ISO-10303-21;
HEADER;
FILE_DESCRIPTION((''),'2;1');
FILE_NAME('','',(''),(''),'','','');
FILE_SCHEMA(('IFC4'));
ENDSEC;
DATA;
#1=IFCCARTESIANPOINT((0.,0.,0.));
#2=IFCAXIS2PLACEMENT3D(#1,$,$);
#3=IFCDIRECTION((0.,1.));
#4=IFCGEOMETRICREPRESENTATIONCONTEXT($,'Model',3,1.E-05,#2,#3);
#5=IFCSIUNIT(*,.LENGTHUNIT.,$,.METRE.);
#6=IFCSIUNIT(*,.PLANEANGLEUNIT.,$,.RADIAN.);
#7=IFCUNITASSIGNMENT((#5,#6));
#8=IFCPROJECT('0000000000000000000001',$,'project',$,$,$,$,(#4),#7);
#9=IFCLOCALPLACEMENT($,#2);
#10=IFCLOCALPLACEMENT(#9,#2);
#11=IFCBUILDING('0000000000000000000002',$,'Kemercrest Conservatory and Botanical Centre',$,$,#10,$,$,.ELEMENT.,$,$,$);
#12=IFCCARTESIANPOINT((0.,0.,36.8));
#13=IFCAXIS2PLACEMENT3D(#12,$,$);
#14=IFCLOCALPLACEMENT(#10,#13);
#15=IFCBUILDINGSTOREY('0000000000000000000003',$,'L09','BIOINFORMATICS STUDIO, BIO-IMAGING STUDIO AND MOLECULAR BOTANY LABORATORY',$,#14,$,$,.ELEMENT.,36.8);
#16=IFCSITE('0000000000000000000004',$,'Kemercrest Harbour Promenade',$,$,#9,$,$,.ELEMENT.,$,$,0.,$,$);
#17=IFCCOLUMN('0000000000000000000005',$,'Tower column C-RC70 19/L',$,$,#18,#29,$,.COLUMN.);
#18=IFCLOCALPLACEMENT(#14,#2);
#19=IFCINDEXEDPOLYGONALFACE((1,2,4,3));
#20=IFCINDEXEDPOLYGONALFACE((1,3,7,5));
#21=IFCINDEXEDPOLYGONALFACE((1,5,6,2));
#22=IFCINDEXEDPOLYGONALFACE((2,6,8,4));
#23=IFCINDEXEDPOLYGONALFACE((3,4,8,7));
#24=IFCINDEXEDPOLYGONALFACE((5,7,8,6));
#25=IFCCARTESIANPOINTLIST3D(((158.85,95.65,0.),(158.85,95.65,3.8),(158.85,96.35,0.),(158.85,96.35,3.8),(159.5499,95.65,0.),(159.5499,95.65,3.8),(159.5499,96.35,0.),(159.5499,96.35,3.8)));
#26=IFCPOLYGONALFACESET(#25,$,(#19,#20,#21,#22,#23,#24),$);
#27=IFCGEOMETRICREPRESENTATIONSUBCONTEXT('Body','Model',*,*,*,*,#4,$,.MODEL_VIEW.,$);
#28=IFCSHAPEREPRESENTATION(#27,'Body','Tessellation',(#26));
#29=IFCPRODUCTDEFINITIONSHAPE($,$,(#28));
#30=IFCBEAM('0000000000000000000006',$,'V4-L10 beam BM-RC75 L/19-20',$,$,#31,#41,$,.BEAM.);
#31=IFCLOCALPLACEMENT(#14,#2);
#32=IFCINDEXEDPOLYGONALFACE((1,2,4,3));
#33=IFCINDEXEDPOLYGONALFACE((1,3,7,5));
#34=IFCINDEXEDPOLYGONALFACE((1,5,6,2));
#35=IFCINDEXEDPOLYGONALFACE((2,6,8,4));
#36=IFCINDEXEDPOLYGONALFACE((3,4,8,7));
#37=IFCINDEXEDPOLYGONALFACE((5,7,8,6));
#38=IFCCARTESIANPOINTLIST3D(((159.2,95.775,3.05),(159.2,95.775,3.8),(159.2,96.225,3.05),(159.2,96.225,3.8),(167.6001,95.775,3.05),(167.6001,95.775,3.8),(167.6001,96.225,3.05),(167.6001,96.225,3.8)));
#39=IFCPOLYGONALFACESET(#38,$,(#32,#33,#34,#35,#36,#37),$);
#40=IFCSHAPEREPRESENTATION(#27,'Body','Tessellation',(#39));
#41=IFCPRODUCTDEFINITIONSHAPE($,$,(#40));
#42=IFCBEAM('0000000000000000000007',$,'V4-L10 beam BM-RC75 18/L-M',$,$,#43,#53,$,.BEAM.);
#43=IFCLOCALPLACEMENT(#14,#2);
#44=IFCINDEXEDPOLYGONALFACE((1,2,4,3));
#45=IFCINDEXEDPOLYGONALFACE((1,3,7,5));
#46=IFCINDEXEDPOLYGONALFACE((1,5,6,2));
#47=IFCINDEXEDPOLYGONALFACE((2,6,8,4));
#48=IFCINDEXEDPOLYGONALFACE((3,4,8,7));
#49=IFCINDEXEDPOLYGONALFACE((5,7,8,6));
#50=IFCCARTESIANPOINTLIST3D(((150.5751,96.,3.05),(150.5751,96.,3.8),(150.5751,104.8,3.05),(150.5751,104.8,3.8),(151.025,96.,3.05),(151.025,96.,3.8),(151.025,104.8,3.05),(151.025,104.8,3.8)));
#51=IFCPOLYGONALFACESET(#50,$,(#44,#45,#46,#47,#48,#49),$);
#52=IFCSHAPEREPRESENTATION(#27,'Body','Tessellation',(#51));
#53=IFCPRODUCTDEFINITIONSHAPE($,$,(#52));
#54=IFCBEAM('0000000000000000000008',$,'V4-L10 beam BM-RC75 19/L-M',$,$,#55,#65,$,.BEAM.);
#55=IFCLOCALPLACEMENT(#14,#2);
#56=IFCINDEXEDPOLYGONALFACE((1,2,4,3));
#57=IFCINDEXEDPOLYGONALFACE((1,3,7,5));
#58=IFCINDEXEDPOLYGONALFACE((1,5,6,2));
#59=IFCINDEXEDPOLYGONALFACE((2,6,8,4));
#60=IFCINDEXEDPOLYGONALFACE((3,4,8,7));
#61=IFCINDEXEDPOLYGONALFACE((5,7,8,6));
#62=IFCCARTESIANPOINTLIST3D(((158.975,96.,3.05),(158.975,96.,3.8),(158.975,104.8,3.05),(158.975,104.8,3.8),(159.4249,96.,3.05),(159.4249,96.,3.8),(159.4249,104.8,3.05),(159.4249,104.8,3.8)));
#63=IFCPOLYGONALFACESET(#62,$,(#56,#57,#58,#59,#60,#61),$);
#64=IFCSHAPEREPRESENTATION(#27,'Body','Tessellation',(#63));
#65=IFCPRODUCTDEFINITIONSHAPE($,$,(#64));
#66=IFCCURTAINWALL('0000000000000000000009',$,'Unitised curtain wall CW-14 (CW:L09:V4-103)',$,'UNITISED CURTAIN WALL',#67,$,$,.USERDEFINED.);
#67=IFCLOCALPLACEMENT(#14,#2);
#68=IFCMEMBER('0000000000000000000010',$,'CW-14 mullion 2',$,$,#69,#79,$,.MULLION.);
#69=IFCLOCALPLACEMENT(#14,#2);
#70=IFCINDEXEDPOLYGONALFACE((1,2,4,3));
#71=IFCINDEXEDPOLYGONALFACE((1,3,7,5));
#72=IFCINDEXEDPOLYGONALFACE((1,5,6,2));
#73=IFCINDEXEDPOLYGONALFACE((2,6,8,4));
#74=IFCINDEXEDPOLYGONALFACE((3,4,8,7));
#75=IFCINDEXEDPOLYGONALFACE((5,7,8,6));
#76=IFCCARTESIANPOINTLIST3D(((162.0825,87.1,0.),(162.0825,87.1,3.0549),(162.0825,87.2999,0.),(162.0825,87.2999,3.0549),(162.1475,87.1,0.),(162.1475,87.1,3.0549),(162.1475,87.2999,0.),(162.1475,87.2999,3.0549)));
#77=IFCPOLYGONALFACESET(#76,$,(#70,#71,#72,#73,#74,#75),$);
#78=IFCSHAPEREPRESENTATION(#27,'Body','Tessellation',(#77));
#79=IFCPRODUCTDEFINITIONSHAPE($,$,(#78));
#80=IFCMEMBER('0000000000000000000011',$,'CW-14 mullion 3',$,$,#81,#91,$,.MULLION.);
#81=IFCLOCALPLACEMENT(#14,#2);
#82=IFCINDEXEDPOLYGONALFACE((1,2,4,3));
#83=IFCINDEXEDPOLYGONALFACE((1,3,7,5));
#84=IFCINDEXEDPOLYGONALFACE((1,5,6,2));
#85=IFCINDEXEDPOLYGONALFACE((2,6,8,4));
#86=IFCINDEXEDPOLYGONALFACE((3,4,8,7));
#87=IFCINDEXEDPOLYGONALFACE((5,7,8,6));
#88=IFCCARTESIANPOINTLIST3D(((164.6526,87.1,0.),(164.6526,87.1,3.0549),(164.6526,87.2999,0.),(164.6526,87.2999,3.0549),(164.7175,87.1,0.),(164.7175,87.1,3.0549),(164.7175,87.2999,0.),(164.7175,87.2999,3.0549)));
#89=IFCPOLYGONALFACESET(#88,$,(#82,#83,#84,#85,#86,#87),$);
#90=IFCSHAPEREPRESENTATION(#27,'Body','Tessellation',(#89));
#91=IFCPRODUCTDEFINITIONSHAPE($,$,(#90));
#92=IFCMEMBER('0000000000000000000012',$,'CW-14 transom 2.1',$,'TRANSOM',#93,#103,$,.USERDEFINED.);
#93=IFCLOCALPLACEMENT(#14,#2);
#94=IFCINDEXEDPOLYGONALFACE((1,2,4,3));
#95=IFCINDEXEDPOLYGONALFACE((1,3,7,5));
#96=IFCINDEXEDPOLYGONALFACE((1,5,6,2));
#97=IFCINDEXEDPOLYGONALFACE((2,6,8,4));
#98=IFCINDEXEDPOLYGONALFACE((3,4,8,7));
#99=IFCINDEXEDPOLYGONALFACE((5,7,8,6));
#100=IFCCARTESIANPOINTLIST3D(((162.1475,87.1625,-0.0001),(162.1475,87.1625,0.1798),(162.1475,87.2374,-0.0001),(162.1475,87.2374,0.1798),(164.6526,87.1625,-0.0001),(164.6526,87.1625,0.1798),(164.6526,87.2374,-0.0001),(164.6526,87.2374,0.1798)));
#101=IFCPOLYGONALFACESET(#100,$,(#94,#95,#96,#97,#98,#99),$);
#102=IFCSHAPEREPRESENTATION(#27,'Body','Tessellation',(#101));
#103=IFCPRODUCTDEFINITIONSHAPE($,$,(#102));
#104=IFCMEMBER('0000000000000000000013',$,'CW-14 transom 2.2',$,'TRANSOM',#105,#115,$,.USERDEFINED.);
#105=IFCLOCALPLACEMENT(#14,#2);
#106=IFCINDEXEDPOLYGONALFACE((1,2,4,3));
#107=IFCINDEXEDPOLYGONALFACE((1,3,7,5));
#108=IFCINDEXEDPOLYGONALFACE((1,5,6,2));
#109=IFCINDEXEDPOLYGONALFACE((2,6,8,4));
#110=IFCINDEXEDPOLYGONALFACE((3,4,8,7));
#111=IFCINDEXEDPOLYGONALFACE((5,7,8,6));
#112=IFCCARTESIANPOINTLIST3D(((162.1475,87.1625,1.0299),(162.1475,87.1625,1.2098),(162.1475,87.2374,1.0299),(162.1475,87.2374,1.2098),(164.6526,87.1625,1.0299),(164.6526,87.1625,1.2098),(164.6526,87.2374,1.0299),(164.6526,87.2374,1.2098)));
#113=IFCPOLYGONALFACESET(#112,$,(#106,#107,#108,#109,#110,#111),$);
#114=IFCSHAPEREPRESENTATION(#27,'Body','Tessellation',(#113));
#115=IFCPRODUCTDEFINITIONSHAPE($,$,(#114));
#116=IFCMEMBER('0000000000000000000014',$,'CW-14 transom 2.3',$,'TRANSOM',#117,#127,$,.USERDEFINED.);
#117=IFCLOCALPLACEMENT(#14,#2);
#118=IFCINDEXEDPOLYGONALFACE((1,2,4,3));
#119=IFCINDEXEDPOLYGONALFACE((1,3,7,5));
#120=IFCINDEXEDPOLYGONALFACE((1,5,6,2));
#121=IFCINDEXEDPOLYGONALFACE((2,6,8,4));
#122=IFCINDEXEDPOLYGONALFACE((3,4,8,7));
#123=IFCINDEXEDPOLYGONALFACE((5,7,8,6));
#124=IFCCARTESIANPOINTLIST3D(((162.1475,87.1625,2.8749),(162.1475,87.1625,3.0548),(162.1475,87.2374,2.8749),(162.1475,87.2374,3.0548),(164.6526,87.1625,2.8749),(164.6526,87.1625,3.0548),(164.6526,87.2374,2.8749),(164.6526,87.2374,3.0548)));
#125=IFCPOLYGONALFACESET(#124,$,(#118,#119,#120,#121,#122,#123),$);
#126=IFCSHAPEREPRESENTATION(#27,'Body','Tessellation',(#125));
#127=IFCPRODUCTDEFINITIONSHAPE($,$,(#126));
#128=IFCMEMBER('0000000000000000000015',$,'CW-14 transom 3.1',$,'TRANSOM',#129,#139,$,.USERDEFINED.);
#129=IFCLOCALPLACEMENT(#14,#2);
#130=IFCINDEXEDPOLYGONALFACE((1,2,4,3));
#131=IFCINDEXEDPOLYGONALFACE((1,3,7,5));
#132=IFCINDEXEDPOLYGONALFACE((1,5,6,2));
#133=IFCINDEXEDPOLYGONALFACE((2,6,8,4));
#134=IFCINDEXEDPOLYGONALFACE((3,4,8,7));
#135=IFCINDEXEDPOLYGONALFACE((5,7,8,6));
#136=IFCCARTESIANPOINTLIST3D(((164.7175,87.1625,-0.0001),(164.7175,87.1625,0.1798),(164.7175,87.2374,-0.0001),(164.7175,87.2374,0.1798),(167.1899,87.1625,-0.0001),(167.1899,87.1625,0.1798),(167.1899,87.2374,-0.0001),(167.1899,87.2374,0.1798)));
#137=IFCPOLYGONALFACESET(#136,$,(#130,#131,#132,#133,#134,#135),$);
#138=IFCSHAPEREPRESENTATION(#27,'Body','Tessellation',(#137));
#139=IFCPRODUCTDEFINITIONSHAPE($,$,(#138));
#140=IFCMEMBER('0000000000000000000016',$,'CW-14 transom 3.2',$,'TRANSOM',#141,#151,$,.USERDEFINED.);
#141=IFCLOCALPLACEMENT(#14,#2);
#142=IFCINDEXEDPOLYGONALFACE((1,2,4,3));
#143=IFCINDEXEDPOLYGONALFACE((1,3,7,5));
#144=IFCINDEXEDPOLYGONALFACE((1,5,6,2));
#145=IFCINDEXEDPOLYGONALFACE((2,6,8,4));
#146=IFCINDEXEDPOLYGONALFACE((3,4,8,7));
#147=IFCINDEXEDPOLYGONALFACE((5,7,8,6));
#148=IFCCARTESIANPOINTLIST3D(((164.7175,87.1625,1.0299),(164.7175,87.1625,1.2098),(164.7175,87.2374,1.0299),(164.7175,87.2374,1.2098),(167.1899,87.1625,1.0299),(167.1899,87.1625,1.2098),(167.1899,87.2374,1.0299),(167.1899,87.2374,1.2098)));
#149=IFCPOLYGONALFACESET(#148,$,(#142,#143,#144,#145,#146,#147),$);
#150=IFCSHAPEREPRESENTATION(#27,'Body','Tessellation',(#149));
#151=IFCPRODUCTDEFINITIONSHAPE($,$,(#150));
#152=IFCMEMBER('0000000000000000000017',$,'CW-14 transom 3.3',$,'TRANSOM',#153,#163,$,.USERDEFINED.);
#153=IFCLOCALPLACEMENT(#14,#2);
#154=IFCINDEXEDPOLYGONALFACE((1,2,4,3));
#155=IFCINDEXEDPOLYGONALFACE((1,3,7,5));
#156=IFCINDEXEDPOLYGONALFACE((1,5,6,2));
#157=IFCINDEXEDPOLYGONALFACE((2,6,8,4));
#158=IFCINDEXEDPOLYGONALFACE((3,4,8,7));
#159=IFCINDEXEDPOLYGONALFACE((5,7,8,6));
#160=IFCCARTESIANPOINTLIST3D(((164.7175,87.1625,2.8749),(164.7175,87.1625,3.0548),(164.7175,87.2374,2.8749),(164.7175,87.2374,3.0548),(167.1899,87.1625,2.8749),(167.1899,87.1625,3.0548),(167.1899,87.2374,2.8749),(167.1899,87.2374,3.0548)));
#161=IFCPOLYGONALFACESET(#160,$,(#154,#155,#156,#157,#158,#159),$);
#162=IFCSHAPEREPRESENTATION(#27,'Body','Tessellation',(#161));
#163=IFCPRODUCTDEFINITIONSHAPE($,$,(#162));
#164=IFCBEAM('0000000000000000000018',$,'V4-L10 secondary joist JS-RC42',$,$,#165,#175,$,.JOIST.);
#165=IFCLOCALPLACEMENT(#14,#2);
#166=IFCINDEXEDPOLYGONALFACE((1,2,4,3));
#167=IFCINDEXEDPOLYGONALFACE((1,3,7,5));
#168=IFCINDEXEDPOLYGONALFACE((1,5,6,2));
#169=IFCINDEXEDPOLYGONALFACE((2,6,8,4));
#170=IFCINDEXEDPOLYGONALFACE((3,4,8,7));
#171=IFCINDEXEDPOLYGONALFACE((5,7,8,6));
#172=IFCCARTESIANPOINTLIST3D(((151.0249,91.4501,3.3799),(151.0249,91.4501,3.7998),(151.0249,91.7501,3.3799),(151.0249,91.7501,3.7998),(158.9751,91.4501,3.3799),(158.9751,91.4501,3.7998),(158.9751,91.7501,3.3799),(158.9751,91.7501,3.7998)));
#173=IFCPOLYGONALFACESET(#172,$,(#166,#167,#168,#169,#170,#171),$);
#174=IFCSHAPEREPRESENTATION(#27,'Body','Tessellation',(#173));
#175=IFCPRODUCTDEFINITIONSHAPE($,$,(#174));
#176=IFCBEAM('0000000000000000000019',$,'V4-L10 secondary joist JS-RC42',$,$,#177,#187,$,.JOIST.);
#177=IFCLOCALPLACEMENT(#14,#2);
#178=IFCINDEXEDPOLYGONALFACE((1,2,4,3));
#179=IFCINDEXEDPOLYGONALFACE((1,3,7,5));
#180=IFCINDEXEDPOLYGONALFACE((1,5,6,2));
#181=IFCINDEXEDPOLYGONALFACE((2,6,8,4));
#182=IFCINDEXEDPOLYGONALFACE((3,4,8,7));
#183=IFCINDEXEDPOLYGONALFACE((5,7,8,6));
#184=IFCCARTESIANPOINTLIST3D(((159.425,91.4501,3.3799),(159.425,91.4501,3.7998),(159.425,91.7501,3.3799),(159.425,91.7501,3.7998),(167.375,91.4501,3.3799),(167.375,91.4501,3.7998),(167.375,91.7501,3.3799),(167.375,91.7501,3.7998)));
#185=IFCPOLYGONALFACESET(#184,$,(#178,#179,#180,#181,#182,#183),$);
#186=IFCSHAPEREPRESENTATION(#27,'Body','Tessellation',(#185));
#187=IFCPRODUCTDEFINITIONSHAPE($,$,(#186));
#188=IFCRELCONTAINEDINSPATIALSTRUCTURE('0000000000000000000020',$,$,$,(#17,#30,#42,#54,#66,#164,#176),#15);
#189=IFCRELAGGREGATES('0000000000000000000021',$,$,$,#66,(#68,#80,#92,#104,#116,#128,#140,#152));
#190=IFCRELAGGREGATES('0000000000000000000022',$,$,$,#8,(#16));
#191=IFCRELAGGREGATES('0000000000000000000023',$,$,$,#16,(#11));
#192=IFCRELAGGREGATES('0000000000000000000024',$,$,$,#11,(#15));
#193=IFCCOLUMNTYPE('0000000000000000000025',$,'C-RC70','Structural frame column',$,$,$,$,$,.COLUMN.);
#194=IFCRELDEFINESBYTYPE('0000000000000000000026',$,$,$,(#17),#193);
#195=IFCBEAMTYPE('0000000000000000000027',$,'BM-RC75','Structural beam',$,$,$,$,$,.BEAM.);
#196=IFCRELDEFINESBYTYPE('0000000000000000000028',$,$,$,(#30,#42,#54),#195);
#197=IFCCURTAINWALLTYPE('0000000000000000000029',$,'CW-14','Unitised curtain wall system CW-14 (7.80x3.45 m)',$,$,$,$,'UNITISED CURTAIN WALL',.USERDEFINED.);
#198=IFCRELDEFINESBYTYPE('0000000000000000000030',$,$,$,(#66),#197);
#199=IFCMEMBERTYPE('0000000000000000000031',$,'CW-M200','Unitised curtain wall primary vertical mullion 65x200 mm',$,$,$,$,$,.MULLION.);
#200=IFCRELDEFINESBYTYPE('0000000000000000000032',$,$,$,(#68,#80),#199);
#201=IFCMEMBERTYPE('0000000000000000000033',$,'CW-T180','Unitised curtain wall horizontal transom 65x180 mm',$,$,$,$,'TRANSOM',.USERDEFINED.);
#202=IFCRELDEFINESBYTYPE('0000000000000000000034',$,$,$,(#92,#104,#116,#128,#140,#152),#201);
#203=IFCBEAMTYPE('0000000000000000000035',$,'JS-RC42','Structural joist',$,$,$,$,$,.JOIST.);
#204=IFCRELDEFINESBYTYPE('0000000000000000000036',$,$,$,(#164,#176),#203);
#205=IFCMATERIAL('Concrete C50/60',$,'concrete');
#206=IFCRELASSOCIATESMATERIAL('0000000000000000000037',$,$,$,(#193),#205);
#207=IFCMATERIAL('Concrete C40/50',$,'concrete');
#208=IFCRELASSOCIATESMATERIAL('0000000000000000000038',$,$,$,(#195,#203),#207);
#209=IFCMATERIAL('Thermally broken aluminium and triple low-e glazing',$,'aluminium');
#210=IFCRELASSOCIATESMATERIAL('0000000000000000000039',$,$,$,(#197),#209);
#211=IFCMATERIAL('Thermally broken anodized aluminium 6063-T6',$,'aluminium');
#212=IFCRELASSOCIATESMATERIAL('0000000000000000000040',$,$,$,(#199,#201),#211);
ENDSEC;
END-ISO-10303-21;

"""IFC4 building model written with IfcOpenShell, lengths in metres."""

from ifc_helpers import new_model, si_unit, direction, frame, origin, origin_2d, place, context, subcontext, project, spatial, rectangle, extrude, material, material_profile, profile_set, type_object, element, aggregate, save


model = new_model("IFC4")

# Units and contexts
model_context = context("Model", 3, precision=1e-05, world=origin(), true_north=direction((0.0, 1.0)))
body_context = subcontext(model_context, "Body", "Model", "MODEL_VIEW")
ifc_project = project(units=[si_unit("LENGTHUNIT", "METRE"), si_unit("PLANEANGLEUNIT", "RADIAN")], contexts=[model_context])

# Site, building, storey
site_placement = place(None, origin())
site = spatial("IfcSite", under=ifc_project, at=site_placement, Name="Kemercrest Harbour Promenade", CompositionType="ELEMENT", RefElevation=0.0)
building_placement = place(site_placement, origin())
building = spatial("IfcBuilding", under=site, at=building_placement, Name="Kemercrest Conservatory and Botanical Centre", CompositionType="ELEMENT")
storey_placement = place(building_placement, frame((0.0, 0.0, 36.8)))
storey = spatial("IfcBuildingStorey", under=building, at=storey_placement, Name="L09", Description="BIOINFORMATICS STUDIO, BIO-IMAGING STUDIO AND MOLECULAR BOTANY LABORATORY", CompositionType="ELEMENT", Elevation=36.8)

# Column
ifc_material_1 = material(Name="Concrete C50/60", Category="concrete")
ifc_material_profile_1 = material_profile(ifc_material_1, rectangle(XDim=0.7, YDim=0.7, at=origin_2d()), Name="RC 700x700")
ifc_profile_set_1 = profile_set([ifc_material_profile_1], Name="Concrete C50/60")
column_type = type_object("IfcColumnType", Name="C-RC70", Description="Structural frame column", PredefinedType="COLUMN", material=ifc_profile_set_1)
column_placement = place(storey_placement, frame((159.2, 96.0, 0.0), z_axis=(0.0, 0.0, 1.0), x_axis=(1.0, 0.0, 0.0)))
element("IfcColumn", 1, at=column_placement, inside=storey, type_object=column_type, Name="Tower column C-RC70 19/L", PredefinedType="COLUMN", context=body_context, shape_type="SweptSolid", body=[
    extrude(rectangle(XDim=0.7, YDim=0.7, at=origin_2d()), origin(), (0.0, 0.0, 1.0), 3.8),
])

# Beams
ifc_material_2 = material(Name="Concrete C40/50", Category="concrete")
ifc_material_profile_2 = material_profile(ifc_material_2, rectangle(XDim=0.45, YDim=0.75, at=origin_2d()), Name="RC 450x750")
ifc_profile_set_2 = profile_set([ifc_material_profile_2], Name="Concrete C40/50")
beam_type_1 = type_object("IfcBeamType", Name="BM-RC75", Description="Structural beam", PredefinedType="BEAM", material=ifc_profile_set_2)
beam_1_placement = place(storey_placement, frame((159.2, 96.0, 3.425), z_axis=(1.0, 0.0, 0.0), x_axis=(0.0, 1.0, 0.0)))
element("IfcBeam", 2, at=beam_1_placement, inside=storey, type_object=beam_type_1, Name="V4-L10 beam BM-RC75 L/19-20", PredefinedType="BEAM", context=body_context, shape_type="SweptSolid", body=[
    extrude(rectangle(XDim=0.45, YDim=0.75, at=origin_2d()), origin(), (0.0, 0.0, 1.0), 8.4001),
])
for number, where, z_axis, x_axis, name in (
    (3, (150.8, 96.0, 3.425), (0.0, 1.0, 0.0), (-1.0, 0.0, 0.0), "V4-L10 beam BM-RC75 18/L-M"),
    (4, (159.2, 96.0, 3.425), (0.0, 1.0, 0.0), (-1.0, 0.0, 0.0), "V4-L10 beam BM-RC75 19/L-M"),
):
    element("IfcBeam", number, at=place(storey_placement, frame(where, z_axis=z_axis, x_axis=x_axis)), inside=storey, type_object=beam_type_1, Name=name, PredefinedType="BEAM", context=body_context, shape_type="SweptSolid", body=[
        extrude(rectangle(XDim=0.45, YDim=0.75, at=origin_2d()), origin(), (0.0, 0.0, 1.0), 8.8),
    ])

# Curtain wall, members
ifc_material_3 = material(Name="Thermally broken aluminium and triple low-e glazing", Category="aluminium")
curtain_wall_type = type_object("IfcCurtainWallType", Name="CW-14", Description="Unitised curtain wall system CW-14 (7.80x3.45 m)", ElementType="UNITISED CURTAIN WALL", PredefinedType="USERDEFINED", material=ifc_material_3)
curtain_wall_placement = place(storey_placement, origin())
curtain_wall = element("IfcCurtainWall", 5, at=curtain_wall_placement, inside=storey, type_object=curtain_wall_type, Name="Unitised curtain wall CW-14 (CW:L09:V4-103)", ObjectType="UNITISED CURTAIN WALL", PredefinedType="USERDEFINED")
ifc_material_4 = material(Name="Thermally broken anodized aluminium 6063-T6", Category="aluminium")
ifc_material_profile_3 = material_profile(ifc_material_4, rectangle(XDim=0.2, YDim=0.0649, at=origin_2d()), Name="AL MULLION 65x200")
ifc_profile_set_3 = profile_set([ifc_material_profile_3], Name="Thermally broken anodized aluminium 6063-T6")
member_type_1 = type_object("IfcMemberType", Name="CW-M200", Description="Unitised curtain wall primary vertical mullion 65x200 mm", PredefinedType="MULLION", material=ifc_profile_set_3)
member_1_placement = place(storey_placement, frame((162.115, 87.2, 0.0), z_axis=(0.0, 0.0, 1.0), x_axis=(0.0, 1.0, 0.0)))
member_1 = element("IfcMember", 6, at=member_1_placement, type_object=member_type_1, Name="CW-14 mullion 2", PredefinedType="MULLION", context=body_context, shape_type="SweptSolid", body=[
    extrude(rectangle(XDim=0.2, YDim=0.0649, at=origin_2d()), origin(), (0.0, 0.0, 1.0), 3.0549),
])
member_2_placement = place(storey_placement, frame((164.6851, 87.2, 0.0), z_axis=(0.0, 0.0, 1.0), x_axis=(0.0, 1.0, 0.0)))
member_2 = element("IfcMember", 7, at=member_2_placement, type_object=member_type_1, Name="CW-14 mullion 3", PredefinedType="MULLION", context=body_context, shape_type="SweptSolid", body=[
    extrude(rectangle(XDim=0.2, YDim=0.0649, at=origin_2d()), origin(), (0.0, 0.0, 1.0), 3.0549),
])
ifc_material_profile_4 = material_profile(ifc_material_4, rectangle(XDim=0.075, YDim=0.1799, at=origin_2d()), Name="AL TRANSOM 75x180")
ifc_profile_set_4 = profile_set([ifc_material_profile_4], Name="Thermally broken anodized aluminium 6063-T6")
member_type_2 = type_object("IfcMemberType", Name="CW-T180", Description="Unitised curtain wall horizontal transom 65x180 mm", ElementType="TRANSOM", PredefinedType="USERDEFINED", material=ifc_profile_set_4)
member_3_placement = place(storey_placement, frame((162.1475, 87.2, 0.0898), z_axis=(1.0, 0.0, 0.0), x_axis=(0.0, 1.0, 0.0)))
member_3 = element("IfcMember", 8, at=member_3_placement, type_object=member_type_2, Name="CW-14 transom 2.1", ObjectType="TRANSOM", PredefinedType="USERDEFINED", context=body_context, shape_type="SweptSolid", body=[
    extrude(rectangle(XDim=0.075, YDim=0.1799, at=origin_2d()), origin(), (0.0, 0.0, 1.0), 2.5051),
])
member_4_placement = place(storey_placement, frame((162.1475, 87.2, 1.1199), z_axis=(1.0, 0.0, 0.0), x_axis=(0.0, 1.0, 0.0)))
member_4 = element("IfcMember", 9, at=member_4_placement, type_object=member_type_2, Name="CW-14 transom 2.2", ObjectType="TRANSOM", PredefinedType="USERDEFINED", context=body_context, shape_type="SweptSolid", body=[
    extrude(rectangle(XDim=0.075, YDim=0.1799, at=origin_2d()), origin(), (0.0, 0.0, 1.0), 2.5051),
])
member_5_placement = place(storey_placement, frame((162.1475, 87.2, 2.9648), z_axis=(1.0, 0.0, 0.0), x_axis=(0.0, 1.0, 0.0)))
member_5 = element("IfcMember", 10, at=member_5_placement, type_object=member_type_2, Name="CW-14 transom 2.3", ObjectType="TRANSOM", PredefinedType="USERDEFINED", context=body_context, shape_type="SweptSolid", body=[
    extrude(rectangle(XDim=0.075, YDim=0.1799, at=origin_2d()), origin(), (0.0, 0.0, 1.0), 2.5051),
])
member_6_placement = place(storey_placement, frame((164.7175, 87.2, 0.0898), z_axis=(1.0, 0.0, 0.0), x_axis=(0.0, 1.0, 0.0)))
member_6 = element("IfcMember", 11, at=member_6_placement, type_object=member_type_2, Name="CW-14 transom 3.1", ObjectType="TRANSOM", PredefinedType="USERDEFINED", context=body_context, shape_type="SweptSolid", body=[
    extrude(rectangle(XDim=0.075, YDim=0.1799, at=origin_2d()), origin(), (0.0, 0.0, 1.0), 2.4724),
])
member_7_placement = place(storey_placement, frame((164.7175, 87.2, 1.1199), z_axis=(1.0, 0.0, 0.0), x_axis=(0.0, 1.0, 0.0)))
member_7 = element("IfcMember", 12, at=member_7_placement, type_object=member_type_2, Name="CW-14 transom 3.2", ObjectType="TRANSOM", PredefinedType="USERDEFINED", context=body_context, shape_type="SweptSolid", body=[
    extrude(rectangle(XDim=0.075, YDim=0.1799, at=origin_2d()), origin(), (0.0, 0.0, 1.0), 2.4724),
])
member_8_placement = place(storey_placement, frame((164.7175, 87.2, 2.9648), z_axis=(1.0, 0.0, 0.0), x_axis=(0.0, 1.0, 0.0)))
member_8 = element("IfcMember", 13, at=member_8_placement, type_object=member_type_2, Name="CW-14 transom 3.3", ObjectType="TRANSOM", PredefinedType="USERDEFINED", context=body_context, shape_type="SweptSolid", body=[
    extrude(rectangle(XDim=0.075, YDim=0.1799, at=origin_2d()), origin(), (0.0, 0.0, 1.0), 2.4724),
])

# Beams
ifc_material_profile_5 = material_profile(ifc_material_2, rectangle(XDim=0.3, YDim=0.4199, at=origin_2d()), Name="RC 300x420")
ifc_profile_set_5 = profile_set([ifc_material_profile_5], Name="Concrete C40/50")
beam_type_2 = type_object("IfcBeamType", Name="JS-RC42", Description="Structural joist", PredefinedType="JOIST", material=ifc_profile_set_5)
beam_2_placement = place(storey_placement, frame((151.0249, 91.6001, 3.5898), z_axis=(1.0, 0.0, 0.0), x_axis=(0.0, 1.0, 0.0)))
element("IfcBeam", 14, at=beam_2_placement, inside=storey, type_object=beam_type_2, Name="V4-L10 secondary joist JS-RC42", PredefinedType="JOIST", context=body_context, shape_type="SweptSolid", body=[
    extrude(rectangle(XDim=0.3, YDim=0.4199, at=origin_2d()), origin(), (0.0, 0.0, 1.0), 7.9502),
])
beam_3_placement = place(storey_placement, frame((159.425, 91.6001, 3.5898), z_axis=(1.0, 0.0, 0.0), x_axis=(0.0, 1.0, 0.0)))
element("IfcBeam", 15, at=beam_3_placement, inside=storey, type_object=beam_type_2, Name="V4-L10 secondary joist JS-RC42", PredefinedType="JOIST", context=body_context, shape_type="SweptSolid", body=[
    extrude(rectangle(XDim=0.3, YDim=0.4199, at=origin_2d()), origin(), (0.0, 0.0, 1.0), 7.95),
])

aggregate(curtain_wall, [member_1, member_2, member_3, member_4, member_5, member_6, member_7, member_8])

save(model, "model.ifc")
